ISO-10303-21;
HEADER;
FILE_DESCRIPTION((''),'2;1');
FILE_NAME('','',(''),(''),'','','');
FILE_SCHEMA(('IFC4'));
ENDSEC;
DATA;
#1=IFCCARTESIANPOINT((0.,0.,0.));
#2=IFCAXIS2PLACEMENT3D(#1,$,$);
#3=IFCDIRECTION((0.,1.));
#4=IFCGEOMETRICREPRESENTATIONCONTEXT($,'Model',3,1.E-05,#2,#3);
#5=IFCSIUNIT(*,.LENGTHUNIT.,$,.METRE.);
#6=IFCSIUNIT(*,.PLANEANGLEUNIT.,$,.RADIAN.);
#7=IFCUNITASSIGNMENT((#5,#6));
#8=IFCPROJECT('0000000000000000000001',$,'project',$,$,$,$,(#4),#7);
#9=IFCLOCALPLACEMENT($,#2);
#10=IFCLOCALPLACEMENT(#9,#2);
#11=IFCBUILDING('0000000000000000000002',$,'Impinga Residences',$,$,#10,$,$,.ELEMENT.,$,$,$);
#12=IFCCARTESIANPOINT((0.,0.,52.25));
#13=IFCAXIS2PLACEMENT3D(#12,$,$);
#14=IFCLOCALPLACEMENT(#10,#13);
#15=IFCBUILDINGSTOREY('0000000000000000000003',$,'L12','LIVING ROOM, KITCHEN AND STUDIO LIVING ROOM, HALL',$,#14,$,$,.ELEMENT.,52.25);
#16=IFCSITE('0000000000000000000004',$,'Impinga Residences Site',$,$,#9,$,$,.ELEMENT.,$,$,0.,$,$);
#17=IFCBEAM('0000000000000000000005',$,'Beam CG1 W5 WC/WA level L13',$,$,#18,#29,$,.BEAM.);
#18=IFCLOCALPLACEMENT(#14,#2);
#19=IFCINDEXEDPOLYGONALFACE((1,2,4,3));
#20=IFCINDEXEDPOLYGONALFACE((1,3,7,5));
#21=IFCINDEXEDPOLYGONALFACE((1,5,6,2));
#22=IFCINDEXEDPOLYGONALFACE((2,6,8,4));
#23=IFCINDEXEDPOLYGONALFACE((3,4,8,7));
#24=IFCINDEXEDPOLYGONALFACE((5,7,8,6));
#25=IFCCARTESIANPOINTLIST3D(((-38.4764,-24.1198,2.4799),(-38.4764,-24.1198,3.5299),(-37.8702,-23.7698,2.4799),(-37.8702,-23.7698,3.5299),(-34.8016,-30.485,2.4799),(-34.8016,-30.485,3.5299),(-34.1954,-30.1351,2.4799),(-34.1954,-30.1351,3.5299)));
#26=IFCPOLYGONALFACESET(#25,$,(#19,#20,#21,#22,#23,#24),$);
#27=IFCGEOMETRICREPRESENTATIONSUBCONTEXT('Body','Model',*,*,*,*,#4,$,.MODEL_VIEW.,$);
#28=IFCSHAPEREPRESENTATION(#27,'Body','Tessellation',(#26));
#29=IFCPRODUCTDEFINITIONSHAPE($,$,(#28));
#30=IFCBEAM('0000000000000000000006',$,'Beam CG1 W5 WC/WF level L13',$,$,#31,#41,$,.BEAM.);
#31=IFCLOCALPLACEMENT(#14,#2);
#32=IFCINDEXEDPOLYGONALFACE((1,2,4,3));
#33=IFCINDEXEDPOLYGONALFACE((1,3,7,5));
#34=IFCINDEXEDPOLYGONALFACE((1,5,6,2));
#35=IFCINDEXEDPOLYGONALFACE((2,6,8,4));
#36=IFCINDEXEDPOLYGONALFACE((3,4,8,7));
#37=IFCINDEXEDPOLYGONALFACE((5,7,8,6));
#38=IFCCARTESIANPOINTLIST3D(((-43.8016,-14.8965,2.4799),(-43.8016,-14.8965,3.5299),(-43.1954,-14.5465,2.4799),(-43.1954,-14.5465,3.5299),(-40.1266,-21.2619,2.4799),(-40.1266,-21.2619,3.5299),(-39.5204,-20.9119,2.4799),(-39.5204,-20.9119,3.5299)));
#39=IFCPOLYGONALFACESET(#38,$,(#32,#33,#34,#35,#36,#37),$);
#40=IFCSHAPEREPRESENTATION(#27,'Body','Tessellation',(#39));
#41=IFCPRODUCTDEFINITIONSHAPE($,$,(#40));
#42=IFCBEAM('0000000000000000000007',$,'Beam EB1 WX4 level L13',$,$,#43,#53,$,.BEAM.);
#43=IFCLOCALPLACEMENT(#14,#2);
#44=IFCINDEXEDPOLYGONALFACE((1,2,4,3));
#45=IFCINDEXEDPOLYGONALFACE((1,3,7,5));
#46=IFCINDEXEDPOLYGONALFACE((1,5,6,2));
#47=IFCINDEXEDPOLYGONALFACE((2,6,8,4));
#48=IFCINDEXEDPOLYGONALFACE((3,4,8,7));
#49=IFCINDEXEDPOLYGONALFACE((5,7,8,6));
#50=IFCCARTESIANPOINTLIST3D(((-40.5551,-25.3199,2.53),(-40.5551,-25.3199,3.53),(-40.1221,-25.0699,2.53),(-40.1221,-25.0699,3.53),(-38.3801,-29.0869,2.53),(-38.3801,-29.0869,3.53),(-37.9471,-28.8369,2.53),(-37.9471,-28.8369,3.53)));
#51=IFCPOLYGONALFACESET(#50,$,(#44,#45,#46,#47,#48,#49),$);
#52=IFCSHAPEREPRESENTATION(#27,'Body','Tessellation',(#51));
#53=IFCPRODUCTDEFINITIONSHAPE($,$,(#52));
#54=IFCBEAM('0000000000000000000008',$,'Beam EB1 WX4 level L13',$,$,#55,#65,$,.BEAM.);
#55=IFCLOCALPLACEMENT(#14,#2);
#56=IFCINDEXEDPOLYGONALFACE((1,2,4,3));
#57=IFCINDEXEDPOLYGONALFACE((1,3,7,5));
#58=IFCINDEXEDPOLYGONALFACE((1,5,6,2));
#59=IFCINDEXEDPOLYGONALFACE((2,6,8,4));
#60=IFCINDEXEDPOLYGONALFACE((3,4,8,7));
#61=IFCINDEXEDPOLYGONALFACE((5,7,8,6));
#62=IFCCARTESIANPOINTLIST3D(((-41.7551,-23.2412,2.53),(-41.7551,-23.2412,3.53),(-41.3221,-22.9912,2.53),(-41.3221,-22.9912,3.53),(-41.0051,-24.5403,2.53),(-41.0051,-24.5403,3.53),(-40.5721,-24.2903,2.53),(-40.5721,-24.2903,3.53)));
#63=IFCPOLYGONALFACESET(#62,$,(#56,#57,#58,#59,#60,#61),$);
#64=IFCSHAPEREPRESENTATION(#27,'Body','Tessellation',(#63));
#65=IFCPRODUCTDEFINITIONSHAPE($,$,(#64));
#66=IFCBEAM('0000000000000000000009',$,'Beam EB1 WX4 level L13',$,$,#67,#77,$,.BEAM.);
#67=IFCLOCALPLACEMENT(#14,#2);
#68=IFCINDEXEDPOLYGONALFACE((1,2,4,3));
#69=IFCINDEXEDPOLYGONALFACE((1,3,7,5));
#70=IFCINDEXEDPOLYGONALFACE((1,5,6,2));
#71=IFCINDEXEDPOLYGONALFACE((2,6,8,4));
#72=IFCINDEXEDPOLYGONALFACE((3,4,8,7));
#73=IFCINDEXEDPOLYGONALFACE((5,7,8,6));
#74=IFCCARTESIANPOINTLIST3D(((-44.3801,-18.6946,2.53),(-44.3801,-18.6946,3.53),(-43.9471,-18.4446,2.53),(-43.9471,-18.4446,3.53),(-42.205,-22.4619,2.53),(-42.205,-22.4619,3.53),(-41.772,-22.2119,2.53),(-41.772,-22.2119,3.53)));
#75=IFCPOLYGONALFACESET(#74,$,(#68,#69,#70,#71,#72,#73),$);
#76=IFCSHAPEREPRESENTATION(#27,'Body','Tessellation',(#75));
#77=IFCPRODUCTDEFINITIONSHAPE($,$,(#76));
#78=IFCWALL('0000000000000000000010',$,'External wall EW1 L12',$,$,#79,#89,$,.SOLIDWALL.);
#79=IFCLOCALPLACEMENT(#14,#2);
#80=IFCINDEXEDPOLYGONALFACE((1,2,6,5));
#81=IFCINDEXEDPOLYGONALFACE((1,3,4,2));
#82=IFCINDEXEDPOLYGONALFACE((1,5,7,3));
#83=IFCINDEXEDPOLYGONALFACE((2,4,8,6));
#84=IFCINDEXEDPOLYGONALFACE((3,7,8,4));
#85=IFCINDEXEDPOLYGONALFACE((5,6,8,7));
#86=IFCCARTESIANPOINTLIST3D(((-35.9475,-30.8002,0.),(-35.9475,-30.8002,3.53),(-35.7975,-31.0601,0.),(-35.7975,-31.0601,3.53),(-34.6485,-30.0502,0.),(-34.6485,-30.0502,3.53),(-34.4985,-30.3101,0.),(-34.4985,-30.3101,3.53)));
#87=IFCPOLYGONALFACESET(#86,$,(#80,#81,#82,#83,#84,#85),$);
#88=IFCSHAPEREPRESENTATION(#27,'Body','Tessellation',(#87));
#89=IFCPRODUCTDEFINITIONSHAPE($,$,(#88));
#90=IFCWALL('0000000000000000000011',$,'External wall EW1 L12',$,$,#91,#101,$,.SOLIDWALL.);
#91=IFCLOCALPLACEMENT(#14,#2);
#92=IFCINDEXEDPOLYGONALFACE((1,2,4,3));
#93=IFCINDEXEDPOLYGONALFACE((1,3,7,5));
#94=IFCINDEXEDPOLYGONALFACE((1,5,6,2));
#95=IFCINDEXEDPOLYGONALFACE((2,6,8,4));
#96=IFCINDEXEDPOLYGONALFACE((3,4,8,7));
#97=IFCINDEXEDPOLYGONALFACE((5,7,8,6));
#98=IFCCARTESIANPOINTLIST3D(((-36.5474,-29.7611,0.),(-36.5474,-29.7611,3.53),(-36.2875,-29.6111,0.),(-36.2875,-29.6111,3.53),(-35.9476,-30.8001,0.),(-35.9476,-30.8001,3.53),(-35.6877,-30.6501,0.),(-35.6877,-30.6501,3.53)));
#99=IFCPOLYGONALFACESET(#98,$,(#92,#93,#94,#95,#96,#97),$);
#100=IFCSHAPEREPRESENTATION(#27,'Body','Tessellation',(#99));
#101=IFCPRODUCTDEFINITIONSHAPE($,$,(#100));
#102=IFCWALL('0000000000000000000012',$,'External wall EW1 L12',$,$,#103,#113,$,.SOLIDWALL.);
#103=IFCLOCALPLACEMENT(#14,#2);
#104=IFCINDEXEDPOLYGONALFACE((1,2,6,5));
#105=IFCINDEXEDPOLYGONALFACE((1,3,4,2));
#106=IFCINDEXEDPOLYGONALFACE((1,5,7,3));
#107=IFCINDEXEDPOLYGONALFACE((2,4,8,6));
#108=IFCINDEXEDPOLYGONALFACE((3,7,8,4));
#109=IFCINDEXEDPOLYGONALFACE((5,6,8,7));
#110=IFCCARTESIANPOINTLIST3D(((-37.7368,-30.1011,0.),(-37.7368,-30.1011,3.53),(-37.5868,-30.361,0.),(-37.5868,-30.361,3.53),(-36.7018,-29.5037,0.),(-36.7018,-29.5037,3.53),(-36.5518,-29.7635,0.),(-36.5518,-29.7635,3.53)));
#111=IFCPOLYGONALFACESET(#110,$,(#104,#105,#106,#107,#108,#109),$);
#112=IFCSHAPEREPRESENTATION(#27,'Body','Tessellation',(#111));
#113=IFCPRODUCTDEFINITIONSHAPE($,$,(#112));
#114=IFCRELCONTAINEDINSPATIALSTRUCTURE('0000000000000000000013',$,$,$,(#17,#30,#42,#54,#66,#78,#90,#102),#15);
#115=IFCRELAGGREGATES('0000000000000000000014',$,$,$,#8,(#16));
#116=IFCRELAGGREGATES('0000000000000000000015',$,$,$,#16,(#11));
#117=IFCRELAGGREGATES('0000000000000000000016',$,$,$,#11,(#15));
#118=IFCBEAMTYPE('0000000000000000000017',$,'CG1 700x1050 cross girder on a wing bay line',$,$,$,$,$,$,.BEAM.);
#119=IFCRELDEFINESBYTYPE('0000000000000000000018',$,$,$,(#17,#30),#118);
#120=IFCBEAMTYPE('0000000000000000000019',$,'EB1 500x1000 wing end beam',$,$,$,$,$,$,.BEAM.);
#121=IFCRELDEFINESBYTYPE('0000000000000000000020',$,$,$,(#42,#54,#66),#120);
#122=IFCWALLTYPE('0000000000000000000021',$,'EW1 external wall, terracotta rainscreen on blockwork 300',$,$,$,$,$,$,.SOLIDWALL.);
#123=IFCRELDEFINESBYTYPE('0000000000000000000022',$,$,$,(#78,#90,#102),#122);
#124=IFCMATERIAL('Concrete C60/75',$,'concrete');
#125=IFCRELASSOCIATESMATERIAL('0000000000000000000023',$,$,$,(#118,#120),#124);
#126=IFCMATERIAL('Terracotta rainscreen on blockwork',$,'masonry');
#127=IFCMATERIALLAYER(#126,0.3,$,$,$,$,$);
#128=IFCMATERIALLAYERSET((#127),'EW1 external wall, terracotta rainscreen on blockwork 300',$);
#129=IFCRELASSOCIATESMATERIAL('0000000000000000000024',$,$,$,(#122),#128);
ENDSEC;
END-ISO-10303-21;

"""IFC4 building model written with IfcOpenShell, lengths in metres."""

from ifc_helpers import new_model, si_unit, direction, frame, frame_2d, origin, origin_2d, place, context, subcontext, project, spatial, rectangle, extrude, material, layer, layer_set, material_profile, profile_set, type_object, element, save


model = new_model("IFC4")

# Units and contexts
model_context = context("Model", 3, precision=1e-05, world=origin(), true_north=direction((0.0, 1.0)))
body_context = subcontext(model_context, "Body", "Model", "MODEL_VIEW")
ifc_project = project(units=[si_unit("LENGTHUNIT", "METRE"), si_unit("PLANEANGLEUNIT", "RADIAN")], contexts=[model_context])

# Site, building, storey
site_placement = place(None, origin())
site = spatial("IfcSite", under=ifc_project, at=site_placement, Name="Impinga Residences Site", CompositionType="ELEMENT", RefElevation=0.0)
building_placement = place(site_placement, origin())
building = spatial("IfcBuilding", under=site, at=building_placement, Name="Impinga Residences", CompositionType="ELEMENT")
storey_placement = place(building_placement, frame((0.0, 0.0, 52.25)))
storey = spatial("IfcBuildingStorey", under=building, at=storey_placement, Name="L12", Description="LIVING ROOM, KITCHEN AND STUDIO LIVING ROOM, HALL", CompositionType="ELEMENT", Elevation=52.25)

# Beams
ifc_material_1 = material(Name="Concrete C60/75", Category="concrete")
ifc_material_profile_1 = material_profile(ifc_material_1, rectangle(XDim=0.7, YDim=1.05, at=origin_2d()), Name="RC 700x1050")
ifc_profile_set_1 = profile_set([ifc_material_profile_1], Name="Concrete C60/75")
beam_type_1 = type_object("IfcBeamType", Name="CG1 700x1050 cross girder on a wing bay line", PredefinedType="BEAM", material=ifc_profile_set_1)
beam_1_placement = place(storey_placement, frame((-38.1733, -23.9448, 3.0049), z_axis=(0.499983, -0.866035, 0.0), x_axis=(0.866035, 0.499983, 0.0)))
element("IfcBeam", 1, at=beam_1_placement, inside=storey, type_object=beam_type_1, Name="Beam CG1 W5 WC/WA level L13", PredefinedType="BEAM", context=body_context, shape_type="SweptSolid", body=[
    extrude(rectangle(XDim=0.7, YDim=1.05, at=origin_2d()), origin(), (0.0, 0.0, 1.0), 7.3499),
])
beam_2_placement = place(storey_placement, frame((-39.8235, -21.0869, 3.0049), z_axis=(-0.499994, 0.866029, 0.0), x_axis=(-0.866029, -0.499994, 0.0)))
element("IfcBeam", 2, at=beam_2_placement, inside=storey, type_object=beam_type_1, Name="Beam CG1 W5 WC/WF level L13", PredefinedType="BEAM", context=body_context, shape_type="SweptSolid", body=[
    extrude(rectangle(XDim=0.7, YDim=1.05, at=origin_2d()), origin(), (0.0, 0.0, 1.0), 7.3501),
])
ifc_material_profile_2 = material_profile(ifc_material_1, rectangle(XDim=0.5, YDim=1.0, at=origin_2d()), Name="RC 500x1000")
ifc_profile_set_2 = profile_set([ifc_material_profile_2], Name="Concrete C60/75")
beam_type_2 = type_object("IfcBeamType", Name="EB1 500x1000 wing end beam", PredefinedType="BEAM", material=ifc_profile_set_2)
beam_3_placement = place(storey_placement, frame((-38.1636, -28.9619, 3.03), z_axis=(-0.50002, 0.866014, 0.0), x_axis=(-0.866014, -0.50002, 0.0)))
element("IfcBeam", 3, at=beam_3_placement, inside=storey, type_object=beam_type_2, Name="Beam EB1 WX4 level L13", PredefinedType="BEAM", context=body_context, shape_type="SweptSolid", body=[
    extrude(rectangle(XDim=0.5, YDim=1.0, at=origin_2d()), origin(), (0.0, 0.0, 1.0), 4.3499),
])
beam_4_placement = place(storey_placement, frame((-40.7886, -24.4153, 3.03), z_axis=(-0.49999, 0.866031, 0.0), x_axis=(-0.866031, -0.49999, 0.0)))
element("IfcBeam", 4, at=beam_4_placement, inside=storey, type_object=beam_type_2, Name="Beam EB1 WX4 level L13", PredefinedType="BEAM", context=body_context, shape_type="SweptSolid", body=[
    extrude(rectangle(XDim=0.5, YDim=1.0, at=origin_2d()), origin(), (0.0, 0.0, 1.0), 1.5),
])
beam_5_placement = place(storey_placement, frame((-41.9885, -22.3369, 3.03), z_axis=(-0.499996, 0.866028, 0.0), x_axis=(-0.866028, -0.499996, 0.0)))
element("IfcBeam", 5, at=beam_5_placement, inside=storey, type_object=beam_type_2, Name="Beam EB1 WX4 level L13", PredefinedType="BEAM", context=body_context, shape_type="SweptSolid", body=[
    extrude(rectangle(XDim=0.5, YDim=1.0, at=origin_2d()), origin(), (0.0, 0.0, 1.0), 4.3501),
])

# Walls
ifc_material_2 = material(Name="Terracotta rainscreen on blockwork", Category="masonry")
ifc_layer_1 = layer(ifc_material_2, 0.3)
ifc_layer_set_1 = layer_set([ifc_layer_1], Name="EW1 external wall, terracotta rainscreen on blockwork 300")
wall_type_1 = type_object("IfcWallType", Name="EW1 external wall, terracotta rainscreen on blockwork 300", PredefinedType="SOLIDWALL", material=ifc_layer_set_1)
wall_1_placement = place(storey_placement, frame((-34.5735, -30.1802, 0.0), z_axis=(0.0, 0.0, 1.0), x_axis=(-0.866031, -0.49999, 0.0)))
element("IfcWall", 6, at=wall_1_placement, inside=storey, type_object=wall_type_1, Name="External wall EW1 L12", PredefinedType="SOLIDWALL", context=body_context, shape_type="SweptSolid", body=[
    extrude(rectangle(XDim=1.5, YDim=0.3, at=frame_2d((0.75, 0.0))), origin(), (0.0, 0.0, 1.0), 3.53),
])
wall_2_placement = place(storey_placement, frame((-35.8176, -30.7251, 0.0), z_axis=(0.0, 0.0, 1.0), x_axis=(-0.499969, 0.866043, 0.0)))
element("IfcWall", 7, at=wall_2_placement, inside=storey, type_object=wall_type_1, Name="External wall EW1 L12", PredefinedType="SOLIDWALL", context=body_context, shape_type="SweptSolid", body=[
    extrude(rectangle(XDim=1.1997, YDim=0.3, at=frame_2d((0.5999, 0.0))), origin(), (0.0, 0.0, 1.0), 3.53),
])
wall_3_placement = place(storey_placement, frame((-36.6267, -29.6335, 0.0), z_axis=(0.0, 0.0, 1.0), x_axis=(-0.86606, -0.499941, 0.0)))
element("IfcWall", 8, at=wall_3_placement, inside=storey, type_object=wall_type_1, Name="External wall EW1 L12", PredefinedType="SOLIDWALL", context=body_context, shape_type="SweptSolid", body=[
    extrude(rectangle(XDim=1.1951, YDim=0.3, at=frame_2d((0.5977, 0.0))), origin(), (0.0, 0.0, 1.0), 3.53),
])

save(model, "model.ifc")
